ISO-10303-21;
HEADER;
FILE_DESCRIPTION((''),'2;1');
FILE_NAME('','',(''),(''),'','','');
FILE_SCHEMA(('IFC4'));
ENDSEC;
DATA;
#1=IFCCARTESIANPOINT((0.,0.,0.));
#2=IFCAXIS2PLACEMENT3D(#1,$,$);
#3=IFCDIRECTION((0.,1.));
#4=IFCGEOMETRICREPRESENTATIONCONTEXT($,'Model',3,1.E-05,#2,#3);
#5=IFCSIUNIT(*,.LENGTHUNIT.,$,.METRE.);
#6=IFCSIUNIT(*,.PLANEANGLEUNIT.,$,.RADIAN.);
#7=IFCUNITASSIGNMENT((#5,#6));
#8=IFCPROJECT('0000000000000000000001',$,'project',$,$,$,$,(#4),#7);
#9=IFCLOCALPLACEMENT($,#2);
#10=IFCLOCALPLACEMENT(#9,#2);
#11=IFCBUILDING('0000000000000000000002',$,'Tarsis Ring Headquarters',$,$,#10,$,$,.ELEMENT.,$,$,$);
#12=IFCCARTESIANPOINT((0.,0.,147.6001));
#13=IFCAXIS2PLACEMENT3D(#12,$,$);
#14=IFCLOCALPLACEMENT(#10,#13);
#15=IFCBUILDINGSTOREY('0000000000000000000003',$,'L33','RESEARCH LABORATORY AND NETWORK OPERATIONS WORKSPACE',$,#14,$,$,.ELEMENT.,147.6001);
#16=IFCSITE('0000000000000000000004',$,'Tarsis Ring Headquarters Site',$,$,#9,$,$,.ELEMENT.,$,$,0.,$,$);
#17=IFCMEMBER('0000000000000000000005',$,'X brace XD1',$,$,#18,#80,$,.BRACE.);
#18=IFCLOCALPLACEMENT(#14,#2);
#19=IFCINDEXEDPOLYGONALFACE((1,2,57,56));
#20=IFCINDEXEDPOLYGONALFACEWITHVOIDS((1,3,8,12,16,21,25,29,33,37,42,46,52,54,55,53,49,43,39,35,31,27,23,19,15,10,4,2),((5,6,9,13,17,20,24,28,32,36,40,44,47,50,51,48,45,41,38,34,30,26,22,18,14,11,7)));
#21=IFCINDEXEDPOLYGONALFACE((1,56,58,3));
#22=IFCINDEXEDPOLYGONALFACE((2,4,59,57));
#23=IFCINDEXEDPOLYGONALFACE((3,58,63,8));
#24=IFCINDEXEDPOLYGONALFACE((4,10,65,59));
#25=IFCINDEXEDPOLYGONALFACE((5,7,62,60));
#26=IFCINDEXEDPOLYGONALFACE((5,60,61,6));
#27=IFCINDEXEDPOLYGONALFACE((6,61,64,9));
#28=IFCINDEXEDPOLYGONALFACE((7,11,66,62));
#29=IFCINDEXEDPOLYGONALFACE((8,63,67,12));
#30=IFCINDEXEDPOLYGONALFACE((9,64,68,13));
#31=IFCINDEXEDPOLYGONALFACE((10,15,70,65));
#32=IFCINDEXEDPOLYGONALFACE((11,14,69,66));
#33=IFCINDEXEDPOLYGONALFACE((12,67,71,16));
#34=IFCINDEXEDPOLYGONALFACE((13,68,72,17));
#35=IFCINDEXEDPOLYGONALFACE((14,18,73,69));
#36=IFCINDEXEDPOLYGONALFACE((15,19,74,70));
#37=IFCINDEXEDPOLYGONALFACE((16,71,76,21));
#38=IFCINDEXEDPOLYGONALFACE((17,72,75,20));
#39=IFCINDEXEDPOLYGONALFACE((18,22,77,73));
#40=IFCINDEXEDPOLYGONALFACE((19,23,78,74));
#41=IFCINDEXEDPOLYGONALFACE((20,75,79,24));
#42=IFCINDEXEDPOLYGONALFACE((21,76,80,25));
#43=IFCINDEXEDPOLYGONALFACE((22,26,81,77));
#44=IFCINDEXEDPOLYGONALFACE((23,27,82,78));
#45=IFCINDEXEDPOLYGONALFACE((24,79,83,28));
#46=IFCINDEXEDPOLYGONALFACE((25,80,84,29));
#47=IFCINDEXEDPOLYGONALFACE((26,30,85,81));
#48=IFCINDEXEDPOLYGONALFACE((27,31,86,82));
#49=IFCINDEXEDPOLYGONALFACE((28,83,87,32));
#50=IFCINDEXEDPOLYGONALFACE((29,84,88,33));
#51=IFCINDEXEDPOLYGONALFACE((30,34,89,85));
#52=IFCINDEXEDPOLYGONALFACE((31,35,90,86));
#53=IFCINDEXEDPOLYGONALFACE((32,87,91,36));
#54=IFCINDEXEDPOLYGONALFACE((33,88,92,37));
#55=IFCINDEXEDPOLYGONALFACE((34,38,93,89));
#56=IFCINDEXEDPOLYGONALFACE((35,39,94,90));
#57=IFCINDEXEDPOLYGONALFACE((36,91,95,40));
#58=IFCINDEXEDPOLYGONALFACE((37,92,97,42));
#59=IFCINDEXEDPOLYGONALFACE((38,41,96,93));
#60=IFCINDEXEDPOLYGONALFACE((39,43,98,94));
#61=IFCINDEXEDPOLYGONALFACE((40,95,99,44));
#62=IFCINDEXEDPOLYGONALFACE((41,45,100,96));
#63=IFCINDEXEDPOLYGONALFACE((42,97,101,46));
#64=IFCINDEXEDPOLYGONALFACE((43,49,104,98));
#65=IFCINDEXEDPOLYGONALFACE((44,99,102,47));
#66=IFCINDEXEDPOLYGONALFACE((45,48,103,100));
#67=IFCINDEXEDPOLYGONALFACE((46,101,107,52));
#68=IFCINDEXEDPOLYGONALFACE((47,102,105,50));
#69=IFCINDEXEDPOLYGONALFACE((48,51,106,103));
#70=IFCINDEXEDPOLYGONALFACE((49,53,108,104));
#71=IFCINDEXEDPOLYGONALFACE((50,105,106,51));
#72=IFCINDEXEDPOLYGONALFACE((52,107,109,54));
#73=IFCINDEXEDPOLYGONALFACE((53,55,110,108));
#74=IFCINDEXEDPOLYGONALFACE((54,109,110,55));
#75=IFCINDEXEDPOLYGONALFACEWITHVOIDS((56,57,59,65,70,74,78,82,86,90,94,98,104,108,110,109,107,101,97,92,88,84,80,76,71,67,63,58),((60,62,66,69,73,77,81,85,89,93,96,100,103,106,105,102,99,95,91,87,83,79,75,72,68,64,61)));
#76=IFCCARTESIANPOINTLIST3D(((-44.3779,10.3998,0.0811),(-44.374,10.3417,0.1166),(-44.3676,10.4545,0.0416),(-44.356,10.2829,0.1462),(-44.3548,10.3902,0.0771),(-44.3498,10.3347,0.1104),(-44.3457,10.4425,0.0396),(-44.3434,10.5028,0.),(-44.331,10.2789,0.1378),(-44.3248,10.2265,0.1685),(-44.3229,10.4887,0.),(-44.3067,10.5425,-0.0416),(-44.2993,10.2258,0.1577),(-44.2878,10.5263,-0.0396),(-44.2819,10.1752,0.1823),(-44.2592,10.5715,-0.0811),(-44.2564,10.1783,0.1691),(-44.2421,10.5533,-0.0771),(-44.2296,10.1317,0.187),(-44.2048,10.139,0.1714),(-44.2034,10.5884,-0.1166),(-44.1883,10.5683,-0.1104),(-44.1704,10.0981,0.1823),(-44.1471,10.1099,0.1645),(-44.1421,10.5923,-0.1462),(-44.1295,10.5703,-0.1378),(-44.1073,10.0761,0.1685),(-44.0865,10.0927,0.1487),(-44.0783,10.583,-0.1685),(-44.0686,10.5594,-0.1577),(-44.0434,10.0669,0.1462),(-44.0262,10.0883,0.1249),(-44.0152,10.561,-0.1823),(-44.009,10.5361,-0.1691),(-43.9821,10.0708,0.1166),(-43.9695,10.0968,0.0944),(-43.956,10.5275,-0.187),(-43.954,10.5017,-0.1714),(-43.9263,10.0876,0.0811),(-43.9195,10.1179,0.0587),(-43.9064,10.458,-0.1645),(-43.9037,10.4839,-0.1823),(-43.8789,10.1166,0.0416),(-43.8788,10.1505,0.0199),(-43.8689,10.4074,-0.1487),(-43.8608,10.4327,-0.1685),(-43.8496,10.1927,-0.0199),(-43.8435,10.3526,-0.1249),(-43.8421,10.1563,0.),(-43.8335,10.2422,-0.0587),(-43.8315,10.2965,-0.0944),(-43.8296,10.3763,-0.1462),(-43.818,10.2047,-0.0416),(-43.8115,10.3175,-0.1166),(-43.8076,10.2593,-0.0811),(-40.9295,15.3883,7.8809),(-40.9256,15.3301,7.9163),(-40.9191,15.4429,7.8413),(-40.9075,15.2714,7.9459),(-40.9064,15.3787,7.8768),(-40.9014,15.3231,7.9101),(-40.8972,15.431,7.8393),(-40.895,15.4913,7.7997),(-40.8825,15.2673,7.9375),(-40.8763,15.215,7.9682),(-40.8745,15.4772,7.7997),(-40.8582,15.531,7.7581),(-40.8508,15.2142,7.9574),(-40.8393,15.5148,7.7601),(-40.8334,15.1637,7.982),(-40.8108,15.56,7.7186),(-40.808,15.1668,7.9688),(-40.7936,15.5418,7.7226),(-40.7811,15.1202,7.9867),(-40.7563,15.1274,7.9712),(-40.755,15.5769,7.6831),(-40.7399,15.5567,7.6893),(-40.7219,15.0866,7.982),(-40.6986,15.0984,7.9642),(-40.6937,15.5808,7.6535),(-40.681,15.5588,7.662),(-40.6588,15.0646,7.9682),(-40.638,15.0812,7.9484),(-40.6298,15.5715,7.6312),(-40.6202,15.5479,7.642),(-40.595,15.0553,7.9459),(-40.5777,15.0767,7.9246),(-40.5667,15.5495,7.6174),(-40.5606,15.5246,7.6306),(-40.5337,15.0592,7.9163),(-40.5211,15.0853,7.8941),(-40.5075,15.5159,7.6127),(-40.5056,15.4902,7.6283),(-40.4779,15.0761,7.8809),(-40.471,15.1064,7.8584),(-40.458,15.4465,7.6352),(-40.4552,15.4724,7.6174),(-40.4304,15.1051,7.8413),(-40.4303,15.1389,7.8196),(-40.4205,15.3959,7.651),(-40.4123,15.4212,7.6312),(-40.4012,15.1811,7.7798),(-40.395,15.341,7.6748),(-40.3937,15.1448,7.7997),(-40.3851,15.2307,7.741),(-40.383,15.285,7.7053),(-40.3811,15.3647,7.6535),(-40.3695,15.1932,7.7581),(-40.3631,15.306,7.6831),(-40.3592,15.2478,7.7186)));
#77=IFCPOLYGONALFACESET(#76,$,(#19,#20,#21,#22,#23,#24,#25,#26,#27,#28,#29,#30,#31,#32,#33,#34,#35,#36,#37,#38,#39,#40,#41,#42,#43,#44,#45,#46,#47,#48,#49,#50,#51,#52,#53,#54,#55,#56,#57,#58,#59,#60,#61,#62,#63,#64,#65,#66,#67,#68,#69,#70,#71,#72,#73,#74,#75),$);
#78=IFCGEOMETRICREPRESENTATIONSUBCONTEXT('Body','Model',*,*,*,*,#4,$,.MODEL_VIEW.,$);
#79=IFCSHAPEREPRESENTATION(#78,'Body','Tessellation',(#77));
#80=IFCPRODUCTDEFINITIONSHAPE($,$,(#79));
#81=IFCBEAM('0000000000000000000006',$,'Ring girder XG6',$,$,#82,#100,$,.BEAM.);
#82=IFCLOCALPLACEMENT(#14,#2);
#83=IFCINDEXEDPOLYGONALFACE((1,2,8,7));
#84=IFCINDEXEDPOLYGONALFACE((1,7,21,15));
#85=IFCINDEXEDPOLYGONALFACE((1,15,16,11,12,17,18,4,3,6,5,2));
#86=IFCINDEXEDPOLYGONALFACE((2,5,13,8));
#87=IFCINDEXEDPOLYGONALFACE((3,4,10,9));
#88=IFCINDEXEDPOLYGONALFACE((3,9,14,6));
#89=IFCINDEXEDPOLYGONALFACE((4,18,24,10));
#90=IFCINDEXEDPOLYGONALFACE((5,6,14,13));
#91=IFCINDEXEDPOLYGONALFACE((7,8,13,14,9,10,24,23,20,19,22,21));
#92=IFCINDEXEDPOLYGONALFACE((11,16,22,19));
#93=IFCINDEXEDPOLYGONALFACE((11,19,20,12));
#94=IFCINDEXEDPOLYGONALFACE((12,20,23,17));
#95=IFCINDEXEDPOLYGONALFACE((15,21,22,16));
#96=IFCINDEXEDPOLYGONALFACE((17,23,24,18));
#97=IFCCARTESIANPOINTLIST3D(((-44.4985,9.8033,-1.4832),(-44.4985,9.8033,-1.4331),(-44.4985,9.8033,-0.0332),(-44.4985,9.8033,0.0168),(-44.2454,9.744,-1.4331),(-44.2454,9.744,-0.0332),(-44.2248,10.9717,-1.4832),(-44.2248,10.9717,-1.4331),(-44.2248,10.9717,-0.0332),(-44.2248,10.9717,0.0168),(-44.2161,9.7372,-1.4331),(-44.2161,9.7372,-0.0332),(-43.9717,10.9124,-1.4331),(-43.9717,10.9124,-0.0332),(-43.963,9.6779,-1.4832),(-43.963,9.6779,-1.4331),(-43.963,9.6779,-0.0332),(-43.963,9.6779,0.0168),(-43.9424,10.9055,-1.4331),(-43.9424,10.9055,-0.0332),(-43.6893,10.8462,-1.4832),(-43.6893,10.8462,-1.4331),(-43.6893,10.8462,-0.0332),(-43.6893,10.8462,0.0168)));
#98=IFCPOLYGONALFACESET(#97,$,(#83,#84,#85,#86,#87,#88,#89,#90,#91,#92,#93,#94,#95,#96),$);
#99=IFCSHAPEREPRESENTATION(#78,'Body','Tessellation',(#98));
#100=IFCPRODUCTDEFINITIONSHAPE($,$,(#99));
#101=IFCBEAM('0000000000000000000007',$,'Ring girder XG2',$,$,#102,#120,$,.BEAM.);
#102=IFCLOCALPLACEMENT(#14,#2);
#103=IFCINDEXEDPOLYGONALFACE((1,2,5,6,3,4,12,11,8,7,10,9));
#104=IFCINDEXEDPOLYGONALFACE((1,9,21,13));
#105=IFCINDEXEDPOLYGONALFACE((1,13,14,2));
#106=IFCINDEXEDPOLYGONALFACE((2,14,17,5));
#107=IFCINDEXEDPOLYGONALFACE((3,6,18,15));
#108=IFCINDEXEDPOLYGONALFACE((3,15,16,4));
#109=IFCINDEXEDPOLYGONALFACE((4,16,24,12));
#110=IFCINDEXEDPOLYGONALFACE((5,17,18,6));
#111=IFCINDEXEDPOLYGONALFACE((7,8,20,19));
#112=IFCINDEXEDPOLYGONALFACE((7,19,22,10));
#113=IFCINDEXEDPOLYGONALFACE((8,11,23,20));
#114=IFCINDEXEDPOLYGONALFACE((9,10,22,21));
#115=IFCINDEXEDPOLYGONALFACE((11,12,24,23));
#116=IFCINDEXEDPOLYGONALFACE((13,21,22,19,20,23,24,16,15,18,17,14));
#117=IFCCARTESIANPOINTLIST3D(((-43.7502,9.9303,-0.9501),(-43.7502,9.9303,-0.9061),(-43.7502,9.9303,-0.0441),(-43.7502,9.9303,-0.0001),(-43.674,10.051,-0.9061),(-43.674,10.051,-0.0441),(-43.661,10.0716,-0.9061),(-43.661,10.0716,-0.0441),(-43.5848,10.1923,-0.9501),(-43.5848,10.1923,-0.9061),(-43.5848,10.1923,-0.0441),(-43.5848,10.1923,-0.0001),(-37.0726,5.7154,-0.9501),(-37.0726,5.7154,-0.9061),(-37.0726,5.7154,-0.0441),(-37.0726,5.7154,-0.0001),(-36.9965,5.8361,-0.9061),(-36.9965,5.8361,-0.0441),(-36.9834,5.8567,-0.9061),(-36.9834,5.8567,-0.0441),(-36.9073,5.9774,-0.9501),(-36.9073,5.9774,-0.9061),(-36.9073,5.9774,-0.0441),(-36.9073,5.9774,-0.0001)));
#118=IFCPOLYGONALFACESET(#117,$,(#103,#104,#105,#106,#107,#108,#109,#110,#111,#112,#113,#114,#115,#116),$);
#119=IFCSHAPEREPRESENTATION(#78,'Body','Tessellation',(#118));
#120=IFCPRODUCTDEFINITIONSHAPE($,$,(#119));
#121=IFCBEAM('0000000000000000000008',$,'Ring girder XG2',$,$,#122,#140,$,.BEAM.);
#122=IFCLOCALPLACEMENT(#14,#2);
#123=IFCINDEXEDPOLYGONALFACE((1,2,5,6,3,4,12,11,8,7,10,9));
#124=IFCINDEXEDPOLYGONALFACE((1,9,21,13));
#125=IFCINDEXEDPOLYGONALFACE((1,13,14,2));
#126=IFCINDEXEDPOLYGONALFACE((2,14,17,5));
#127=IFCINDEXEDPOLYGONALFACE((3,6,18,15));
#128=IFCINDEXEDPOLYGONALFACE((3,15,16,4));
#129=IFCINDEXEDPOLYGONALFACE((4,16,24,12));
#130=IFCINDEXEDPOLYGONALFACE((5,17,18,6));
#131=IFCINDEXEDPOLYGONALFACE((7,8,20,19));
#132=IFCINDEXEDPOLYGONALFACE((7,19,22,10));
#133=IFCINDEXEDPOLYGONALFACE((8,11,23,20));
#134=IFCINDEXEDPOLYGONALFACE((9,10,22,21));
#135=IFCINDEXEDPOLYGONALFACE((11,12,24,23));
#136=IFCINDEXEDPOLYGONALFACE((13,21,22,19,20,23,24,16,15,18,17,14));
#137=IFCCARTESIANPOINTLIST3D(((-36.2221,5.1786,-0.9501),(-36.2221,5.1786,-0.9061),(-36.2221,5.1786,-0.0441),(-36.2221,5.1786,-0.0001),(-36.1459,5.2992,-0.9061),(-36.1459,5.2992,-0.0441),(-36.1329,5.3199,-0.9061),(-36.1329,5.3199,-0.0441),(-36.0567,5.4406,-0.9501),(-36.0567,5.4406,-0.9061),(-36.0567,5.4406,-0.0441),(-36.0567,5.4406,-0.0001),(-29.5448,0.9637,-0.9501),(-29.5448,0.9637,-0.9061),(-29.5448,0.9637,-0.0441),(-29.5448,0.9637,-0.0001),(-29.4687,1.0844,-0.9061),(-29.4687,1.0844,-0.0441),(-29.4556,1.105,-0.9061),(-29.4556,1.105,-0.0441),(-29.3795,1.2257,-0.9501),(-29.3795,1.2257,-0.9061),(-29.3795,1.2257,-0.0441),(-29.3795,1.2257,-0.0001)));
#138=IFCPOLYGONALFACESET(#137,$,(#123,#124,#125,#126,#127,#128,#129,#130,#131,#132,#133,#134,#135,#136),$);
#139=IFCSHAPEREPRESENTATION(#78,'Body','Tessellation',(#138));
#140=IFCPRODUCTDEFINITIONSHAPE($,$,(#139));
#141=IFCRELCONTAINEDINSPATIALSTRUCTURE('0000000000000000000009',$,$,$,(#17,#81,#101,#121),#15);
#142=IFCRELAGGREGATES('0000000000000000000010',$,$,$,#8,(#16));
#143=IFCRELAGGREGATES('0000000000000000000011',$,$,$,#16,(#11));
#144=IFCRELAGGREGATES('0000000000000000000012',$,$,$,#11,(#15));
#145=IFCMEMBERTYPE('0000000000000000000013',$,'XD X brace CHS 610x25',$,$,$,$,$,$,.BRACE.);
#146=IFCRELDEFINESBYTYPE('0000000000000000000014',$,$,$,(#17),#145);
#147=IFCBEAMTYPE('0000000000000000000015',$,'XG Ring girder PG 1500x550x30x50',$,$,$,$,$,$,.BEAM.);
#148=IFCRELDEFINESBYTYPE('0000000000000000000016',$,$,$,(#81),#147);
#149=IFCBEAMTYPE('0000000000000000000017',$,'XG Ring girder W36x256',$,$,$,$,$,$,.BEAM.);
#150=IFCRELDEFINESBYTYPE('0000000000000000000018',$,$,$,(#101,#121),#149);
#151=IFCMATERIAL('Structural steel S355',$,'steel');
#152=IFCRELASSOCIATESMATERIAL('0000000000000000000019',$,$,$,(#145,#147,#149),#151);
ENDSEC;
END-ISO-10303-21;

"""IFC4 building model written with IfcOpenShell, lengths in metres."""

from ifc_helpers import new_model, si_unit, direction, frame, origin, origin_2d, place, context, subcontext, project, spatial, hollow_circle, i_section, extrude, material, material_profile, profile_set, type_object, element, save


model = new_model("IFC4")

# Units and contexts
model_context = context("Model", 3, precision=1e-05, world=origin(), true_north=direction((0.0, 1.0)))
body_context = subcontext(model_context, "Body", "Model", "MODEL_VIEW")
ifc_project = project(units=[si_unit("LENGTHUNIT", "METRE"), si_unit("PLANEANGLEUNIT", "RADIAN")], contexts=[model_context])

# Site, building, storey
site_placement = place(None, origin())
site = spatial("IfcSite", under=ifc_project, at=site_placement, Name="Tarsis Ring Headquarters Site", CompositionType="ELEMENT", RefElevation=0.0)
building_placement = place(site_placement, origin())
building = spatial("IfcBuilding", under=site, at=building_placement, Name="Tarsis Ring Headquarters", CompositionType="ELEMENT")
storey_placement = place(building_placement, frame((0.0, 0.0, 147.6001)))
storey = spatial("IfcBuildingStorey", under=building, at=storey_placement, Name="L33", Description="RESEARCH LABORATORY AND NETWORK OPERATIONS WORKSPACE", CompositionType="ELEMENT", Elevation=147.6001)

# Shared definitions
ifc_material_1 = material(Name="Structural steel S355", Category="steel")

# Member
ifc_material_profile_1 = material_profile(ifc_material_1, hollow_circle(Radius=0.3047, WallThickness=0.0249, at=origin_2d()), Name="CHS 610x25")
ifc_profile_set_1 = profile_set([ifc_material_profile_1], Name="Structural steel S355")
member_type = type_object("IfcMemberType", Name="XD X brace CHS 610x25", PredefinedType="BRACE", material=ifc_profile_set_1)
member_placement = place(storey_placement, frame((-44.0928, 10.3296, 0.0), z_axis=(0.349037, 0.504911, 0.789454), x_axis=(-0.822586, 0.56864, 0.0)))
element("IfcMember", 1, at=member_placement, inside=storey, type_object=member_type, Name="X brace XD1", PredefinedType="BRACE", context=body_context, shape_type="SweptSolid", body=[
    extrude(hollow_circle(Radius=0.3047, WallThickness=0.0249, at=origin_2d()), origin(), (0.0, 0.0, 1.0), 9.8799),
])

# Beams
ifc_material_profile_2 = material_profile(ifc_material_1, i_section(OverallWidth=0.55, OverallDepth=1.5, WebThickness=0.03, FlangeThickness=0.05, at=origin_2d()), Name="PG 1500x550x30x50")
ifc_profile_set_2 = profile_set([ifc_material_profile_2], Name="Structural steel S355")
beam_type_1 = type_object("IfcBeamType", Name="XG Ring girder PG 1500x550x30x50", PredefinedType="BEAM", material=ifc_profile_set_2)
beam_1_placement = place(storey_placement, frame((-43.957, 10.9089, -0.7332), z_axis=(-0.228098, -0.973638, 0.0), x_axis=(0.973638, -0.228098, 0.0)))
element("IfcBeam", 2, at=beam_1_placement, inside=storey, type_object=beam_type_1, Name="Ring girder XG6", PredefinedType="BEAM", context=body_context, shape_type="SweptSolid", body=[
    extrude(i_section(OverallWidth=0.55, OverallDepth=1.5, WebThickness=0.03, FlangeThickness=0.05, at=origin_2d()), origin(), (0.0, 0.0, 1.0), 1.2),
])
ifc_material_profile_3 = material_profile(ifc_material_1, i_section(OverallWidth=0.3098, OverallDepth=0.95, WebThickness=0.0244, FlangeThickness=0.0439, at=origin_2d()), Name="W36x256")
ifc_profile_set_3 = profile_set([ifc_material_profile_3], Name="Structural steel S355")
beam_type_2 = type_object("IfcBeamType", Name="XG Ring girder W36x256", PredefinedType="BEAM", material=ifc_profile_set_3)
beam_2_placement = place(storey_placement, frame((-43.6675, 10.0613, -0.4751), z_axis=(0.845633, -0.533765, 0.0), x_axis=(0.533765, 0.845633, 0.0)))
element("IfcBeam", 3, at=beam_2_placement, inside=storey, type_object=beam_type_2, Name="Ring girder XG2", PredefinedType="BEAM", context=body_context, shape_type="SweptSolid", body=[
    extrude(i_section(OverallWidth=0.3098, OverallDepth=0.95, WebThickness=0.0244, FlangeThickness=0.0439, at=origin_2d()), origin(), (0.0, 0.0, 1.0), 7.8965),
])
beam_3_placement = place(storey_placement, frame((-36.1394, 5.3096, -0.4751), z_axis=(0.845624, -0.533779, 0.0), x_axis=(0.533779, 0.845624, 0.0)))
element("IfcBeam", 4, at=beam_3_placement, inside=storey, type_object=beam_type_2, Name="Ring girder XG2", PredefinedType="BEAM", context=body_context, shape_type="SweptSolid", body=[
    extrude(i_section(OverallWidth=0.3098, OverallDepth=0.95, WebThickness=0.0244, FlangeThickness=0.0439, at=origin_2d()), origin(), (0.0, 0.0, 1.0), 7.8962),
])

save(model, "model.ifc")
